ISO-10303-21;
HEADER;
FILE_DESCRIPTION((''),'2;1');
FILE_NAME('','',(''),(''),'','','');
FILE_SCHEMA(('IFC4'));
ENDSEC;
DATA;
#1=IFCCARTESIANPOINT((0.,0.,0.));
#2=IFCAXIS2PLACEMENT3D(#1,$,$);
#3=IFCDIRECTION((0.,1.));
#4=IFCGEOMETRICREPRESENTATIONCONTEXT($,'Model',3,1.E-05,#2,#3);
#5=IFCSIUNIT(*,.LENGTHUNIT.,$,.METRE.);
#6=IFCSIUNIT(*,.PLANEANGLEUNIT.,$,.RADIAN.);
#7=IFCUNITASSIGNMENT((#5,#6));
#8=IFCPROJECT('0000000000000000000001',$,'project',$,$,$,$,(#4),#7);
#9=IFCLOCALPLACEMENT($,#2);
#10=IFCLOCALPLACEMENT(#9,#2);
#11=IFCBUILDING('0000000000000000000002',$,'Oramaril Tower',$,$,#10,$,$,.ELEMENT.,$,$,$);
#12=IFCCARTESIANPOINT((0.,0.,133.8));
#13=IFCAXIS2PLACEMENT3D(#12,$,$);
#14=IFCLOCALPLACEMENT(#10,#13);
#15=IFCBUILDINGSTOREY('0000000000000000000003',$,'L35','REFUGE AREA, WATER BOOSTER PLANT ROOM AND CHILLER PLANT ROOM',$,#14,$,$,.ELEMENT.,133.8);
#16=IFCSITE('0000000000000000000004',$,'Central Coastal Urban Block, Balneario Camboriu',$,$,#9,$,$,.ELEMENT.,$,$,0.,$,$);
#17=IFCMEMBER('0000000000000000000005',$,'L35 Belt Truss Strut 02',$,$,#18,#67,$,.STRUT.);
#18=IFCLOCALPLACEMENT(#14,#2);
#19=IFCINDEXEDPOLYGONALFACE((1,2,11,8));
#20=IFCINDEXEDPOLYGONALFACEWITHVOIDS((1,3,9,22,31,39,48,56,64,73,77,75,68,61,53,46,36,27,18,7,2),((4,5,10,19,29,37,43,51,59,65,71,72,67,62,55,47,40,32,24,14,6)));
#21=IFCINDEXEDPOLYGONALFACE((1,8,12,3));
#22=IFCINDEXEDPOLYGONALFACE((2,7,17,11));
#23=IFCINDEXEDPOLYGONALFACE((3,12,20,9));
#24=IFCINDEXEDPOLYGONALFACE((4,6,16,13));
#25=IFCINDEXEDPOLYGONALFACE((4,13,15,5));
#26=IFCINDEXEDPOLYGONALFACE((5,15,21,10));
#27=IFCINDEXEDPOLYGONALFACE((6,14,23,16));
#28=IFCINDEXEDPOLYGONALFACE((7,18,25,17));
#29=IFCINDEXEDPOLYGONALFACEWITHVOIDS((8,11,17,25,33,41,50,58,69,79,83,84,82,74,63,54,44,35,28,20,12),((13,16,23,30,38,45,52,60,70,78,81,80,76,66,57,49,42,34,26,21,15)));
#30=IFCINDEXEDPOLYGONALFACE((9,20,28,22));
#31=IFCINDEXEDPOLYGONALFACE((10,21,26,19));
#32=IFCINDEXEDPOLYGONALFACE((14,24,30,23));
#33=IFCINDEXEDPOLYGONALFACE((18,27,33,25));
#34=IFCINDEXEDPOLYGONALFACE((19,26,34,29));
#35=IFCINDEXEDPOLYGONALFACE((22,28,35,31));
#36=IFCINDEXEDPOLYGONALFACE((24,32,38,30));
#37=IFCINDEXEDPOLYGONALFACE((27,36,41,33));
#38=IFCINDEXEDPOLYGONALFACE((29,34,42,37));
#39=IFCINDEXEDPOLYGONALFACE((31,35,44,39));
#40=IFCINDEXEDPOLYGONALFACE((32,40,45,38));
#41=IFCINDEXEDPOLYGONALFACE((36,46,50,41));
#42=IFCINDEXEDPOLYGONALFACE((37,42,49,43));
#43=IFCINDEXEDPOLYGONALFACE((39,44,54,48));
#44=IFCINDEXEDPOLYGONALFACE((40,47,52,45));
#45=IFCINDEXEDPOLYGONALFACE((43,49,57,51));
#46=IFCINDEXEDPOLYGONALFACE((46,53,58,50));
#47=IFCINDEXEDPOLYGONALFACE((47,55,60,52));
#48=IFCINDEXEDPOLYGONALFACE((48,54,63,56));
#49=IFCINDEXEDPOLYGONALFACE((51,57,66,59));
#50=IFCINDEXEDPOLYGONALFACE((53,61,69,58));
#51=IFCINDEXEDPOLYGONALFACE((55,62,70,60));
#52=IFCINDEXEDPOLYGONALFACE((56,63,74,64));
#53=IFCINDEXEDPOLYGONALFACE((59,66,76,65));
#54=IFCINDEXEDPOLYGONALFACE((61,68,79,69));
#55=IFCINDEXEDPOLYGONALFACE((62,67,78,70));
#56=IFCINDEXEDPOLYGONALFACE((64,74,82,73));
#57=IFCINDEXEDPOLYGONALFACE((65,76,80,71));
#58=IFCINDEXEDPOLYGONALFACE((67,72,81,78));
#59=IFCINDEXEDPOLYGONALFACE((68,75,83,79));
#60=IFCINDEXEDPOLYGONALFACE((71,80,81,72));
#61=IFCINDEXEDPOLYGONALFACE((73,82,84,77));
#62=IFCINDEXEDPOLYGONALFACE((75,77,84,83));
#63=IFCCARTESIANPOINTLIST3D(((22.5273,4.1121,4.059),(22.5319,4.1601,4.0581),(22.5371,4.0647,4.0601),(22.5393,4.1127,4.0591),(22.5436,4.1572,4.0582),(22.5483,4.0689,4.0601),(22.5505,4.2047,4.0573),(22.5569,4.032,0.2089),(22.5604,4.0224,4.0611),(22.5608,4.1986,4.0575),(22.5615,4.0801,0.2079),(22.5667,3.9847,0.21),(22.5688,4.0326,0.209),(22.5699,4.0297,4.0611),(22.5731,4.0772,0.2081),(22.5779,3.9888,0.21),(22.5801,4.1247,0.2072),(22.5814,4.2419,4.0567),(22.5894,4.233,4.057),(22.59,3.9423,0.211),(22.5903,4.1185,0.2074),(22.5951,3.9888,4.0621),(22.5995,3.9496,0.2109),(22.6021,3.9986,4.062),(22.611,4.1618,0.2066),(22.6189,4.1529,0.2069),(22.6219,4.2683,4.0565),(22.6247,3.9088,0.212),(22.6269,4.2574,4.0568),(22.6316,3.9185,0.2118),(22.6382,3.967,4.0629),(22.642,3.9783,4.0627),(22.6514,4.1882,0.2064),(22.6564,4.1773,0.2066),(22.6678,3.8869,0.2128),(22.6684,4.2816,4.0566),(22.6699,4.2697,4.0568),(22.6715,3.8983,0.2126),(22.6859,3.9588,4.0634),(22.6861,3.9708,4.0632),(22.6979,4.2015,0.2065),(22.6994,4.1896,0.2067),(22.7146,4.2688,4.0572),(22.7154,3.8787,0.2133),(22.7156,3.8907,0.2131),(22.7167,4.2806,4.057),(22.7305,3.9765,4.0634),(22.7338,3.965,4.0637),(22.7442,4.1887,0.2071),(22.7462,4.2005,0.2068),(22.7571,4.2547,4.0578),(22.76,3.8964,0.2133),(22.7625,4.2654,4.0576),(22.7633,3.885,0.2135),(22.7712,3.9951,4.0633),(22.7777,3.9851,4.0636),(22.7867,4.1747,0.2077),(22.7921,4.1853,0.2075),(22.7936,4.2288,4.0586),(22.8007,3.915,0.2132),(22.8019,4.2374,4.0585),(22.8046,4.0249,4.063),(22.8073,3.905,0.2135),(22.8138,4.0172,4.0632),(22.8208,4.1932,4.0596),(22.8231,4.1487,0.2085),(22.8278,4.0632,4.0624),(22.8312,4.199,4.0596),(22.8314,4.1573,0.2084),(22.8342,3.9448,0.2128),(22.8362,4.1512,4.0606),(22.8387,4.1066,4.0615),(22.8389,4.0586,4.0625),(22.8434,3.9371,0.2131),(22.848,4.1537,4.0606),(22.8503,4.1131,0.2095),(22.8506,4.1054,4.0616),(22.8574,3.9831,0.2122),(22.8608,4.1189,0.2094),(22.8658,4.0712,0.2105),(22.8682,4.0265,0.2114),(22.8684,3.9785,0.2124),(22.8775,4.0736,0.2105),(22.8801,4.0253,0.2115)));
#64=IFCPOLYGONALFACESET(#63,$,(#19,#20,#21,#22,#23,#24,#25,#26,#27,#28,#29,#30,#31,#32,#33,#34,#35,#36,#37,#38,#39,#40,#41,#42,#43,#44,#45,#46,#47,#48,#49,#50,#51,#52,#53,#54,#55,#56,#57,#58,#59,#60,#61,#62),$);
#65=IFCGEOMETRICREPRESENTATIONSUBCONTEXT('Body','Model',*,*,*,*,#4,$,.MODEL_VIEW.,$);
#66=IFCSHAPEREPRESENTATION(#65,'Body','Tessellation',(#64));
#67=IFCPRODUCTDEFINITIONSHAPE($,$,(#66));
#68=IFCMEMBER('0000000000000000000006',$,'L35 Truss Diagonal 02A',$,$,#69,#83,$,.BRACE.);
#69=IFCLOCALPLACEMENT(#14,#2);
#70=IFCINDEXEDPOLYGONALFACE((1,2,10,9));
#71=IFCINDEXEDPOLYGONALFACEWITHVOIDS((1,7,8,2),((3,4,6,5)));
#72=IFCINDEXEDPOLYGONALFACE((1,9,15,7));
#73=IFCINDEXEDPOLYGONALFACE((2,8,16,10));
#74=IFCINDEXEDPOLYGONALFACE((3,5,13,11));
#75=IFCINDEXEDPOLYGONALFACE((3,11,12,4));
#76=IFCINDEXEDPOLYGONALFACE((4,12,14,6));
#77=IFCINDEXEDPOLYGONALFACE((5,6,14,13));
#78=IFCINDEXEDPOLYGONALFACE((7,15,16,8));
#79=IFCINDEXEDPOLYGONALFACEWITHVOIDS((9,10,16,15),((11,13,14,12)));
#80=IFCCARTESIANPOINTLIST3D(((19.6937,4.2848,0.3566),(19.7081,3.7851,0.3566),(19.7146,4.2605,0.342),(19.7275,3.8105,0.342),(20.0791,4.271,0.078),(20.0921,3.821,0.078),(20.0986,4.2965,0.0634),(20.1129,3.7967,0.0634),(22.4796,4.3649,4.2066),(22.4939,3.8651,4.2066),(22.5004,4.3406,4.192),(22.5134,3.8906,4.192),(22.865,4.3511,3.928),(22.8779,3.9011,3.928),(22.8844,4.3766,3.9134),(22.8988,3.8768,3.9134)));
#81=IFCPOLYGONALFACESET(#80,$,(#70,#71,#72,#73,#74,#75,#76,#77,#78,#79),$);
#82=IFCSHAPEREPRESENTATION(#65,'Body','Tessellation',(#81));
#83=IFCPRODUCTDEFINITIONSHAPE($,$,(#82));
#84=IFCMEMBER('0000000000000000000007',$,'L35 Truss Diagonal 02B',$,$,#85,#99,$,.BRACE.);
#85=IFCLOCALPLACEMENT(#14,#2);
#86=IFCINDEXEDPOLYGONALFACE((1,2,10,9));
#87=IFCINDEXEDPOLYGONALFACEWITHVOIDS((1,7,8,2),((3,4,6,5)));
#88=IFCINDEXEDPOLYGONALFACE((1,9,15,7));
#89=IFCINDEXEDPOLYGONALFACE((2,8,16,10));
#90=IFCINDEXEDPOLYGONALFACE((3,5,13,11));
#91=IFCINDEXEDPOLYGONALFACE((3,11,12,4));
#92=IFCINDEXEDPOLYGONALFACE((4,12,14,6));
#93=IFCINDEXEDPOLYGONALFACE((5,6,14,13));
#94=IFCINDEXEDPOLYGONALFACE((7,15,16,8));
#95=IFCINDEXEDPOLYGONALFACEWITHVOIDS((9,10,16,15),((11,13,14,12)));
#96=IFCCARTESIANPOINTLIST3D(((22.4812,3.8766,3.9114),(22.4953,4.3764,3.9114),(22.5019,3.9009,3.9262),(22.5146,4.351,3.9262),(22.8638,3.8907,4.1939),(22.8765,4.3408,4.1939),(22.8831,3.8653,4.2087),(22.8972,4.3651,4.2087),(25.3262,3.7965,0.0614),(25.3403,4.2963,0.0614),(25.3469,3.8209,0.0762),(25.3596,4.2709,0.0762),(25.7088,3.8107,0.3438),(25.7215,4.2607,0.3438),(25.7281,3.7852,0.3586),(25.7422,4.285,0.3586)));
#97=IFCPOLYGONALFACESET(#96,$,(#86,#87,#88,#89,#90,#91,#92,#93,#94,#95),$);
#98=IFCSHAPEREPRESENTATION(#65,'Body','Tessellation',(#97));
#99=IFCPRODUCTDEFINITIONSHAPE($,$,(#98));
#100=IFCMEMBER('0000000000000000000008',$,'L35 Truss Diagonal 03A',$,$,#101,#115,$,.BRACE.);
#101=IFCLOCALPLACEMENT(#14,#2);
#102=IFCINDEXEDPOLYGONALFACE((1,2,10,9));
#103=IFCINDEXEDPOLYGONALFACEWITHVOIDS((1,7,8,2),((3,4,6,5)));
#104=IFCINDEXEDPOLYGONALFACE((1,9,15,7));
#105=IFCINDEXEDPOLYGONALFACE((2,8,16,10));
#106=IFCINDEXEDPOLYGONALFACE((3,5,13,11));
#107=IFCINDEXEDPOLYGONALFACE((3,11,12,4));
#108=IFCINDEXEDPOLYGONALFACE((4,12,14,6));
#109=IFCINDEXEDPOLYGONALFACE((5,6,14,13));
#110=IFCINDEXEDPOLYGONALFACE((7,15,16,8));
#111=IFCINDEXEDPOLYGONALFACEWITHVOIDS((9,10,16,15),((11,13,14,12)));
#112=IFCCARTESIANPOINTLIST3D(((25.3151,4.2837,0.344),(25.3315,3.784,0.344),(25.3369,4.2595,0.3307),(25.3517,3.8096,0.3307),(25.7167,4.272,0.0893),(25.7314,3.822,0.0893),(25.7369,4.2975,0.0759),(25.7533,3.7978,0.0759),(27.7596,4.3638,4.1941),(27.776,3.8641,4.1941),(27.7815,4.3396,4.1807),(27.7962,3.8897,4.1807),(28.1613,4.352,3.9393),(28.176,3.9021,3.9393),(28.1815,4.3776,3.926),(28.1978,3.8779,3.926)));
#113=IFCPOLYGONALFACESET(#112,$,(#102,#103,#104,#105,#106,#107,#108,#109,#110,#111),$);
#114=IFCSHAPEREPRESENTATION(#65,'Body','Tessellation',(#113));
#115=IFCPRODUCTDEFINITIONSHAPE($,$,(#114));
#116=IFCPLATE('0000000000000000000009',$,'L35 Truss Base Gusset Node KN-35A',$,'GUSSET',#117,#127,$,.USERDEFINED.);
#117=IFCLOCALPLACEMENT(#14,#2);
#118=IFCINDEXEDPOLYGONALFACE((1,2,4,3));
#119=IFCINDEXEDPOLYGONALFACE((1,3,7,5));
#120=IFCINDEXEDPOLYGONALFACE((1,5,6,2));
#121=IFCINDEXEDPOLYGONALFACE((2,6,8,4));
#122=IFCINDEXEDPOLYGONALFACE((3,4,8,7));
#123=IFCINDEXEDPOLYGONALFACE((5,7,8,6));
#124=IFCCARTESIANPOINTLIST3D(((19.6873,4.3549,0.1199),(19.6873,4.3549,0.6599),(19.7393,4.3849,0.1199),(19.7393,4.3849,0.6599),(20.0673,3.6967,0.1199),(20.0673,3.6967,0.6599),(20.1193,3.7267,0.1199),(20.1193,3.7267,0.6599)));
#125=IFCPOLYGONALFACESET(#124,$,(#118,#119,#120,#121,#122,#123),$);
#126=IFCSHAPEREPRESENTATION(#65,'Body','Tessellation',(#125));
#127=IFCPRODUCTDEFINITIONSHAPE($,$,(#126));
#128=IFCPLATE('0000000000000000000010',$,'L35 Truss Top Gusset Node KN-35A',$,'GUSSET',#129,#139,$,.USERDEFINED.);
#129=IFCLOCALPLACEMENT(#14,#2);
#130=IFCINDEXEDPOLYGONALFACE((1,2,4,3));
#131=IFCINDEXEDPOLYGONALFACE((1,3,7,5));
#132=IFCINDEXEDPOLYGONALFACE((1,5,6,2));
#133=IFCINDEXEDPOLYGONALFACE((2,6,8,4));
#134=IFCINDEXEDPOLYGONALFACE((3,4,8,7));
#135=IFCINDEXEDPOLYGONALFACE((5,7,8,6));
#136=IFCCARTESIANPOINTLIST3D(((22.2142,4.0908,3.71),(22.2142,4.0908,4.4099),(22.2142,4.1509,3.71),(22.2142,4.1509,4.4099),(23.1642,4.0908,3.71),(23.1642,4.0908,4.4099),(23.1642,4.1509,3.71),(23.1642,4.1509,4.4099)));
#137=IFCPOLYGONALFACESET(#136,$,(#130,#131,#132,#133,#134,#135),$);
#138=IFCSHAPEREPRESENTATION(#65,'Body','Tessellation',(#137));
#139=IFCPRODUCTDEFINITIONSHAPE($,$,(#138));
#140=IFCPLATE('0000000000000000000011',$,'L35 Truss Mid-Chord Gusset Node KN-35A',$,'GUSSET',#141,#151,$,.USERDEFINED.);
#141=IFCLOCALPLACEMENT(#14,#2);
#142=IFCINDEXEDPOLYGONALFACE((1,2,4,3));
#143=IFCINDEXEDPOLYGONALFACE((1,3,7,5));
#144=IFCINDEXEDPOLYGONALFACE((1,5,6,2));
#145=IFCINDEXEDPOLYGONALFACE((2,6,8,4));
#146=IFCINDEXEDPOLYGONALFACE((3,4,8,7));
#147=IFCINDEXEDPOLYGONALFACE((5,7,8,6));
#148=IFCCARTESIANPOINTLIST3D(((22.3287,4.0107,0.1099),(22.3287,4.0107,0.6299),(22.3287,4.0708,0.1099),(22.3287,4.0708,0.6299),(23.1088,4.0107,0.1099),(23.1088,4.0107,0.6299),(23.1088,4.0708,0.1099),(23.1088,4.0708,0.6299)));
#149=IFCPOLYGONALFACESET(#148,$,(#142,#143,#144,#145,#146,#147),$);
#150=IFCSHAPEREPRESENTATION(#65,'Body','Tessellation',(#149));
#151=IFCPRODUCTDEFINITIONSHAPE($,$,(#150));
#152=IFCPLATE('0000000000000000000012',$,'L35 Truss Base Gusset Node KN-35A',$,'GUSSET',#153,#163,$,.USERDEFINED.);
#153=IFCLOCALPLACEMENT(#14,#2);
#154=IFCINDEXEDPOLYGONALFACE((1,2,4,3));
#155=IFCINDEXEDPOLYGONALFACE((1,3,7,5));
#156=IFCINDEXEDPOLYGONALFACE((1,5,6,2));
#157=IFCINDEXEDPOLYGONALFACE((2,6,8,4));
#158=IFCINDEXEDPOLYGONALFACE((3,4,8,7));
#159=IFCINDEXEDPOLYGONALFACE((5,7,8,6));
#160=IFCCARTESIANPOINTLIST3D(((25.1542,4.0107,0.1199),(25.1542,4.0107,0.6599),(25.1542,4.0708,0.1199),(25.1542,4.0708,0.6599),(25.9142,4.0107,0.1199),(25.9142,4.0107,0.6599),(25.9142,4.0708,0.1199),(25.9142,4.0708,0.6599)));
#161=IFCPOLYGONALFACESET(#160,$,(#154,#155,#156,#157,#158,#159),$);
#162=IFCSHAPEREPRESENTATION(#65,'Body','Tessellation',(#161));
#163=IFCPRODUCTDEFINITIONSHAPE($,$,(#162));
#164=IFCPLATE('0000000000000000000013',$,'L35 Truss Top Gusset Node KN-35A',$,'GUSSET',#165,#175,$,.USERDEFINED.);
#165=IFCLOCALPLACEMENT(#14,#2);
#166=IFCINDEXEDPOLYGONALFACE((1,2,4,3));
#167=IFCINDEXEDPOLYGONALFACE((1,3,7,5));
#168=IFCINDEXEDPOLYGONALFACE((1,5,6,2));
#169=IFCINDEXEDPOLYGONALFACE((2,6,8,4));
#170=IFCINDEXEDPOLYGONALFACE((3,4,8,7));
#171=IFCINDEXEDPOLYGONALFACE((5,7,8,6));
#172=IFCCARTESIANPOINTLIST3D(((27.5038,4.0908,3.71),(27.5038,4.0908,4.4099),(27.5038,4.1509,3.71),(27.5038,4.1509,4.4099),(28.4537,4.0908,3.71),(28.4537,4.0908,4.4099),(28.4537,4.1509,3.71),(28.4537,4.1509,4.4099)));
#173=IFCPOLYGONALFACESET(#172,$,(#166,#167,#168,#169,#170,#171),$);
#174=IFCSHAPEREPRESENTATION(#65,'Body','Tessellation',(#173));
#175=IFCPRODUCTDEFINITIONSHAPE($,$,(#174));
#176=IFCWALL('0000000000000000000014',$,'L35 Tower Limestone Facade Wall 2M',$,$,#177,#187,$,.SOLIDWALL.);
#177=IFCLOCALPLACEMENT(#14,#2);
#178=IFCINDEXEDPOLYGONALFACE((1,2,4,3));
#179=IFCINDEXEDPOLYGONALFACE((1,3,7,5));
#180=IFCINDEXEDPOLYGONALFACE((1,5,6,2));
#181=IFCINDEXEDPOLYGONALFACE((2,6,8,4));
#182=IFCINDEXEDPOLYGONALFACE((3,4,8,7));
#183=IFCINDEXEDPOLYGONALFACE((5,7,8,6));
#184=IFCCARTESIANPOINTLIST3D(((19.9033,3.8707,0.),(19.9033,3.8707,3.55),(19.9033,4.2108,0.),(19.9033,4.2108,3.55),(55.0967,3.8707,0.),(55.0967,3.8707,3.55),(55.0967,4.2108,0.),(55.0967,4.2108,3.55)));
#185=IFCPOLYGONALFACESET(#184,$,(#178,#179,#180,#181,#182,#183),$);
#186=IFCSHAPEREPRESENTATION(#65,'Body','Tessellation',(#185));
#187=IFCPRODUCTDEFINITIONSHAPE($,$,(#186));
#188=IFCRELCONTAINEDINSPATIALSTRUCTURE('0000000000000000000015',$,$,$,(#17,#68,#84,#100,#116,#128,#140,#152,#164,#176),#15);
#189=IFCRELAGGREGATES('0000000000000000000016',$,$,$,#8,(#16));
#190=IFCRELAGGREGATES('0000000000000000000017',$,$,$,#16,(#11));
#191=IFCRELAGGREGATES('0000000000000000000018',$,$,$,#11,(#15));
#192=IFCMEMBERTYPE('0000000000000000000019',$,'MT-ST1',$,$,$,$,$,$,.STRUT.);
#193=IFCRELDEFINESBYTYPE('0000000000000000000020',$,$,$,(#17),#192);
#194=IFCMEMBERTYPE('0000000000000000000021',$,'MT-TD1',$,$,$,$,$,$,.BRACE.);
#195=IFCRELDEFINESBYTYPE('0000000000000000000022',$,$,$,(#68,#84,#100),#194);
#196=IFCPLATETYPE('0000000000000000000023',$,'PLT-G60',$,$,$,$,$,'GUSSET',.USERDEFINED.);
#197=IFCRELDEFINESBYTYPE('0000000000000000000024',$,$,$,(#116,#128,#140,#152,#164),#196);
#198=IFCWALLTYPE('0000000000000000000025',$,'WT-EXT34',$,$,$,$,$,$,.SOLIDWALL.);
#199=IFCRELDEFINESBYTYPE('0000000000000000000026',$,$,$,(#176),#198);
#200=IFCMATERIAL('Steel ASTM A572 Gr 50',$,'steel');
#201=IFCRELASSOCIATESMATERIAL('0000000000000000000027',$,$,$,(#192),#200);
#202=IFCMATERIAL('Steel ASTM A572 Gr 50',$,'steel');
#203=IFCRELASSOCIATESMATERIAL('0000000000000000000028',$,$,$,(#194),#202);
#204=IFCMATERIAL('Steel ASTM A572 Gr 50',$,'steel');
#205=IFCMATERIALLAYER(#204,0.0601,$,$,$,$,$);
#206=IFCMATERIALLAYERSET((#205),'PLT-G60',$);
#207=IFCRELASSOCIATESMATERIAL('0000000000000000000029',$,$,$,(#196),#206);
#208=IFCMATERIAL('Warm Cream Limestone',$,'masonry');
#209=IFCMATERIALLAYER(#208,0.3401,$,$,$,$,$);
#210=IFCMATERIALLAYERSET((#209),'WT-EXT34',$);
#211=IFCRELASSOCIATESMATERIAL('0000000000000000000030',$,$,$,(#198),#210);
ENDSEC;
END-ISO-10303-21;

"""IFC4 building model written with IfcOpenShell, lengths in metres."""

from ifc_helpers import new_model, si_unit, direction, frame, frame_2d, origin, origin_2d, place, context, subcontext, project, spatial, rectangle, hollow_rectangle, hollow_circle, extrude, material, layer, layer_set, material_profile, profile_set, type_object, element, save


model = new_model("IFC4")

# Units and contexts
model_context = context("Model", 3, precision=1e-05, world=origin(), true_north=direction((0.0, 1.0)))
body_context = subcontext(model_context, "Body", "Model", "MODEL_VIEW")
ifc_project = project(units=[si_unit("LENGTHUNIT", "METRE"), si_unit("PLANEANGLEUNIT", "RADIAN")], contexts=[model_context])

# Site, building, storey
site_placement = place(None, origin())
site = spatial("IfcSite", under=ifc_project, at=site_placement, Name="Central Coastal Urban Block, Balneario Camboriu", CompositionType="ELEMENT", RefElevation=0.0)
building_placement = place(site_placement, origin())
building = spatial("IfcBuilding", under=site, at=building_placement, Name="Oramaril Tower", CompositionType="ELEMENT")
storey_placement = place(building_placement, frame((0.0, 0.0, 133.8)))
storey = spatial("IfcBuildingStorey", under=building, at=storey_placement, Name="L35", Description="REFUGE AREA, WATER BOOSTER PLANT ROOM AND CHILLER PLANT ROOM", CompositionType="ELEMENT", Elevation=133.8)

# Members
ifc_material_1 = material(Name="Steel ASTM A572 Gr 50", Category="steel")
ifc_material_profile_1 = material_profile(ifc_material_1, hollow_circle(Radius=0.1621, WallThickness=0.012, at=origin_2d()), Name="CHS324X12")
ifc_profile_set_1 = profile_set([ifc_material_profile_1], Name="Steel ASTM A572 Gr 50")
member_type_1 = type_object("IfcMemberType", Name="MT-ST1", PredefinedType="STRUT", material=ifc_profile_set_1)
member_1_placement = place(storey_placement, frame((22.7188, 4.0408, 0.21), z_axis=(-0.007671, 0.020794, 0.999754), x_axis=(-0.938197, -0.346103, 0.0)))
element("IfcMember", 1, at=member_1_placement, inside=storey, type_object=member_type_1, Name="L35 Belt Truss Strut 02", PredefinedType="STRUT", context=body_context, shape_type="SweptSolid", body=[
    extrude(hollow_circle(Radius=0.1621, WallThickness=0.012, at=origin_2d()), origin(), (0.0, 0.0, 1.0), 3.8511),
])
ifc_material_2 = material(Name="Steel ASTM A572 Gr 50", Category="steel")
ifc_material_profile_2 = material_profile(ifc_material_2, hollow_rectangle(XDim=0.5, YDim=0.5, WallThickness=0.0249, at=origin_2d()), Name="HSS500X500X25")
ifc_profile_set_2 = profile_set([ifc_material_profile_2], Name="Steel ASTM A572 Gr 50")
member_type_2 = type_object("IfcMemberType", Name="MT-TD1", PredefinedType="BRACE", material=ifc_profile_set_2)
member_2_placement = place(storey_placement, frame((19.9033, 4.0408, 0.21), z_axis=(0.586135, 0.016848, 0.810038), x_axis=(-0.028732, 0.999587, 0.0)))
element("IfcMember", 2, at=member_2_placement, inside=storey, type_object=member_type_2, Name="L35 Truss Diagonal 02A", PredefinedType="BRACE", context=body_context, shape_type="SweptSolid", body=[
    extrude(hollow_rectangle(XDim=0.5, YDim=0.5, WallThickness=0.0249, at=origin_2d()), origin(), (0.0, 0.0, 1.0), 4.7529),
])
member_3_placement = place(storey_placement, frame((25.5342, 4.0408, 0.21), z_axis=(-0.594206, 0.016725, 0.804139), x_axis=(-0.028136, -0.999604, 0.0)))
element("IfcMember", 3, at=member_3_placement, inside=storey, type_object=member_type_2, Name="L35 Truss Diagonal 02B", PredefinedType="BRACE", context=body_context, shape_type="SweptSolid", body=[
    extrude(hollow_rectangle(XDim=0.5, YDim=0.5, WallThickness=0.0249, at=origin_2d()), origin(), (0.0, 0.0, 1.0), 4.7878),
])
member_4_placement = place(storey_placement, frame((25.5342, 4.0408, 0.21), z_axis=(0.535937, 0.017556, 0.844075), x_axis=(-0.03274, 0.999464, 0.0)))
element("IfcMember", 4, at=member_4_placement, inside=storey, type_object=member_type_2, Name="L35 Truss Diagonal 03A", PredefinedType="BRACE", context=body_context, shape_type="SweptSolid", body=[
    extrude(hollow_rectangle(XDim=0.5, YDim=0.5, WallThickness=0.0249, at=origin_2d()), origin(), (0.0, 0.0, 1.0), 4.5613),
])

# Plates
ifc_material_3 = material(Name="Steel ASTM A572 Gr 50", Category="steel")
ifc_layer_1 = layer(ifc_material_3, 0.0601)
ifc_layer_set_1 = layer_set([ifc_layer_1], Name="PLT-G60")
plate_type = type_object("IfcPlateType", Name="PLT-G60", ElementType="GUSSET", PredefinedType="USERDEFINED", material=ifc_layer_set_1)
plate_1_placement = place(storey_placement, frame((19.9033, 4.0408, 0.1199), z_axis=(0.0, 0.0, 1.0), x_axis=(0.499997, -0.866027, 0.0)))
element("IfcPlate", 5, at=plate_1_placement, inside=storey, type_object=plate_type, Name="L35 Truss Base Gusset Node KN-35A", ObjectType="GUSSET", PredefinedType="USERDEFINED", context=body_context, shape_type="SweptSolid", body=[
    extrude(rectangle(XDim=0.76, YDim=0.0601, at=origin_2d()), origin(), (0.0, 0.0, 1.0), 0.54),
])
plate_2_placement = place(storey_placement, frame((22.6892, 4.1208, 3.71), z_axis=(0.0, 0.0, 1.0), x_axis=(1.0, 0.0, 0.0)))
element("IfcPlate", 6, at=plate_2_placement, inside=storey, type_object=plate_type, Name="L35 Truss Top Gusset Node KN-35A", ObjectType="GUSSET", PredefinedType="USERDEFINED", context=body_context, shape_type="SweptSolid", body=[
    extrude(rectangle(XDim=0.95, YDim=0.0601, at=origin_2d()), origin(), (0.0, 0.0, 1.0), 0.7),
])
plate_3_placement = place(storey_placement, frame((22.7188, 4.0408, 0.1099), z_axis=(0.0, 0.0, 1.0), x_axis=(1.0, 0.0, 0.0)))
element("IfcPlate", 7, at=plate_3_placement, inside=storey, type_object=plate_type, Name="L35 Truss Mid-Chord Gusset Node KN-35A", ObjectType="GUSSET", PredefinedType="USERDEFINED", context=body_context, shape_type="SweptSolid", body=[
    extrude(rectangle(XDim=0.78, YDim=0.0601, at=origin_2d()), origin(), (0.0, 0.0, 1.0), 0.52),
])
plate_4_placement = place(storey_placement, frame((25.5342, 4.0408, 0.1199), z_axis=(0.0, 0.0, 1.0), x_axis=(1.0, 0.0, 0.0)))
element("IfcPlate", 8, at=plate_4_placement, inside=storey, type_object=plate_type, Name="L35 Truss Base Gusset Node KN-35A", ObjectType="GUSSET", PredefinedType="USERDEFINED", context=body_context, shape_type="SweptSolid", body=[
    extrude(rectangle(XDim=0.76, YDim=0.0601, at=origin_2d()), origin(), (0.0, 0.0, 1.0), 0.54),
])
plate_5_placement = place(storey_placement, frame((27.9788, 4.1208, 3.71), z_axis=(0.0, 0.0, 1.0), x_axis=(1.0, 0.0, 0.0)))
element("IfcPlate", 9, at=plate_5_placement, inside=storey, type_object=plate_type, Name="L35 Truss Top Gusset Node KN-35A", ObjectType="GUSSET", PredefinedType="USERDEFINED", context=body_context, shape_type="SweptSolid", body=[
    extrude(rectangle(XDim=0.95, YDim=0.0601, at=origin_2d()), origin(), (0.0, 0.0, 1.0), 0.7),
])

# Wall
ifc_material_4 = material(Name="Warm Cream Limestone", Category="masonry")
ifc_layer_2 = layer(ifc_material_4, 0.3401)
ifc_layer_set_2 = layer_set([ifc_layer_2], Name="WT-EXT34")
wall_type_1 = type_object("IfcWallType", Name="WT-EXT34", PredefinedType="SOLIDWALL", material=ifc_layer_set_2)
wall_1_placement = place(storey_placement, frame((19.9033, 4.0408, 0.0), z_axis=(0.0, 0.0, 1.0), x_axis=(1.0, 0.0, 0.0)))
element("IfcWall", 10, at=wall_1_placement, inside=storey, type_object=wall_type_1, Name="L35 Tower Limestone Facade Wall 2M", PredefinedType="SOLIDWALL", context=body_context, shape_type="SweptSolid", body=[
    extrude(rectangle(XDim=35.1934, YDim=0.3401, at=frame_2d((17.5967, 0.0))), origin(), (0.0, 0.0, 1.0), 3.55),
])

save(model, "model.ifc")
